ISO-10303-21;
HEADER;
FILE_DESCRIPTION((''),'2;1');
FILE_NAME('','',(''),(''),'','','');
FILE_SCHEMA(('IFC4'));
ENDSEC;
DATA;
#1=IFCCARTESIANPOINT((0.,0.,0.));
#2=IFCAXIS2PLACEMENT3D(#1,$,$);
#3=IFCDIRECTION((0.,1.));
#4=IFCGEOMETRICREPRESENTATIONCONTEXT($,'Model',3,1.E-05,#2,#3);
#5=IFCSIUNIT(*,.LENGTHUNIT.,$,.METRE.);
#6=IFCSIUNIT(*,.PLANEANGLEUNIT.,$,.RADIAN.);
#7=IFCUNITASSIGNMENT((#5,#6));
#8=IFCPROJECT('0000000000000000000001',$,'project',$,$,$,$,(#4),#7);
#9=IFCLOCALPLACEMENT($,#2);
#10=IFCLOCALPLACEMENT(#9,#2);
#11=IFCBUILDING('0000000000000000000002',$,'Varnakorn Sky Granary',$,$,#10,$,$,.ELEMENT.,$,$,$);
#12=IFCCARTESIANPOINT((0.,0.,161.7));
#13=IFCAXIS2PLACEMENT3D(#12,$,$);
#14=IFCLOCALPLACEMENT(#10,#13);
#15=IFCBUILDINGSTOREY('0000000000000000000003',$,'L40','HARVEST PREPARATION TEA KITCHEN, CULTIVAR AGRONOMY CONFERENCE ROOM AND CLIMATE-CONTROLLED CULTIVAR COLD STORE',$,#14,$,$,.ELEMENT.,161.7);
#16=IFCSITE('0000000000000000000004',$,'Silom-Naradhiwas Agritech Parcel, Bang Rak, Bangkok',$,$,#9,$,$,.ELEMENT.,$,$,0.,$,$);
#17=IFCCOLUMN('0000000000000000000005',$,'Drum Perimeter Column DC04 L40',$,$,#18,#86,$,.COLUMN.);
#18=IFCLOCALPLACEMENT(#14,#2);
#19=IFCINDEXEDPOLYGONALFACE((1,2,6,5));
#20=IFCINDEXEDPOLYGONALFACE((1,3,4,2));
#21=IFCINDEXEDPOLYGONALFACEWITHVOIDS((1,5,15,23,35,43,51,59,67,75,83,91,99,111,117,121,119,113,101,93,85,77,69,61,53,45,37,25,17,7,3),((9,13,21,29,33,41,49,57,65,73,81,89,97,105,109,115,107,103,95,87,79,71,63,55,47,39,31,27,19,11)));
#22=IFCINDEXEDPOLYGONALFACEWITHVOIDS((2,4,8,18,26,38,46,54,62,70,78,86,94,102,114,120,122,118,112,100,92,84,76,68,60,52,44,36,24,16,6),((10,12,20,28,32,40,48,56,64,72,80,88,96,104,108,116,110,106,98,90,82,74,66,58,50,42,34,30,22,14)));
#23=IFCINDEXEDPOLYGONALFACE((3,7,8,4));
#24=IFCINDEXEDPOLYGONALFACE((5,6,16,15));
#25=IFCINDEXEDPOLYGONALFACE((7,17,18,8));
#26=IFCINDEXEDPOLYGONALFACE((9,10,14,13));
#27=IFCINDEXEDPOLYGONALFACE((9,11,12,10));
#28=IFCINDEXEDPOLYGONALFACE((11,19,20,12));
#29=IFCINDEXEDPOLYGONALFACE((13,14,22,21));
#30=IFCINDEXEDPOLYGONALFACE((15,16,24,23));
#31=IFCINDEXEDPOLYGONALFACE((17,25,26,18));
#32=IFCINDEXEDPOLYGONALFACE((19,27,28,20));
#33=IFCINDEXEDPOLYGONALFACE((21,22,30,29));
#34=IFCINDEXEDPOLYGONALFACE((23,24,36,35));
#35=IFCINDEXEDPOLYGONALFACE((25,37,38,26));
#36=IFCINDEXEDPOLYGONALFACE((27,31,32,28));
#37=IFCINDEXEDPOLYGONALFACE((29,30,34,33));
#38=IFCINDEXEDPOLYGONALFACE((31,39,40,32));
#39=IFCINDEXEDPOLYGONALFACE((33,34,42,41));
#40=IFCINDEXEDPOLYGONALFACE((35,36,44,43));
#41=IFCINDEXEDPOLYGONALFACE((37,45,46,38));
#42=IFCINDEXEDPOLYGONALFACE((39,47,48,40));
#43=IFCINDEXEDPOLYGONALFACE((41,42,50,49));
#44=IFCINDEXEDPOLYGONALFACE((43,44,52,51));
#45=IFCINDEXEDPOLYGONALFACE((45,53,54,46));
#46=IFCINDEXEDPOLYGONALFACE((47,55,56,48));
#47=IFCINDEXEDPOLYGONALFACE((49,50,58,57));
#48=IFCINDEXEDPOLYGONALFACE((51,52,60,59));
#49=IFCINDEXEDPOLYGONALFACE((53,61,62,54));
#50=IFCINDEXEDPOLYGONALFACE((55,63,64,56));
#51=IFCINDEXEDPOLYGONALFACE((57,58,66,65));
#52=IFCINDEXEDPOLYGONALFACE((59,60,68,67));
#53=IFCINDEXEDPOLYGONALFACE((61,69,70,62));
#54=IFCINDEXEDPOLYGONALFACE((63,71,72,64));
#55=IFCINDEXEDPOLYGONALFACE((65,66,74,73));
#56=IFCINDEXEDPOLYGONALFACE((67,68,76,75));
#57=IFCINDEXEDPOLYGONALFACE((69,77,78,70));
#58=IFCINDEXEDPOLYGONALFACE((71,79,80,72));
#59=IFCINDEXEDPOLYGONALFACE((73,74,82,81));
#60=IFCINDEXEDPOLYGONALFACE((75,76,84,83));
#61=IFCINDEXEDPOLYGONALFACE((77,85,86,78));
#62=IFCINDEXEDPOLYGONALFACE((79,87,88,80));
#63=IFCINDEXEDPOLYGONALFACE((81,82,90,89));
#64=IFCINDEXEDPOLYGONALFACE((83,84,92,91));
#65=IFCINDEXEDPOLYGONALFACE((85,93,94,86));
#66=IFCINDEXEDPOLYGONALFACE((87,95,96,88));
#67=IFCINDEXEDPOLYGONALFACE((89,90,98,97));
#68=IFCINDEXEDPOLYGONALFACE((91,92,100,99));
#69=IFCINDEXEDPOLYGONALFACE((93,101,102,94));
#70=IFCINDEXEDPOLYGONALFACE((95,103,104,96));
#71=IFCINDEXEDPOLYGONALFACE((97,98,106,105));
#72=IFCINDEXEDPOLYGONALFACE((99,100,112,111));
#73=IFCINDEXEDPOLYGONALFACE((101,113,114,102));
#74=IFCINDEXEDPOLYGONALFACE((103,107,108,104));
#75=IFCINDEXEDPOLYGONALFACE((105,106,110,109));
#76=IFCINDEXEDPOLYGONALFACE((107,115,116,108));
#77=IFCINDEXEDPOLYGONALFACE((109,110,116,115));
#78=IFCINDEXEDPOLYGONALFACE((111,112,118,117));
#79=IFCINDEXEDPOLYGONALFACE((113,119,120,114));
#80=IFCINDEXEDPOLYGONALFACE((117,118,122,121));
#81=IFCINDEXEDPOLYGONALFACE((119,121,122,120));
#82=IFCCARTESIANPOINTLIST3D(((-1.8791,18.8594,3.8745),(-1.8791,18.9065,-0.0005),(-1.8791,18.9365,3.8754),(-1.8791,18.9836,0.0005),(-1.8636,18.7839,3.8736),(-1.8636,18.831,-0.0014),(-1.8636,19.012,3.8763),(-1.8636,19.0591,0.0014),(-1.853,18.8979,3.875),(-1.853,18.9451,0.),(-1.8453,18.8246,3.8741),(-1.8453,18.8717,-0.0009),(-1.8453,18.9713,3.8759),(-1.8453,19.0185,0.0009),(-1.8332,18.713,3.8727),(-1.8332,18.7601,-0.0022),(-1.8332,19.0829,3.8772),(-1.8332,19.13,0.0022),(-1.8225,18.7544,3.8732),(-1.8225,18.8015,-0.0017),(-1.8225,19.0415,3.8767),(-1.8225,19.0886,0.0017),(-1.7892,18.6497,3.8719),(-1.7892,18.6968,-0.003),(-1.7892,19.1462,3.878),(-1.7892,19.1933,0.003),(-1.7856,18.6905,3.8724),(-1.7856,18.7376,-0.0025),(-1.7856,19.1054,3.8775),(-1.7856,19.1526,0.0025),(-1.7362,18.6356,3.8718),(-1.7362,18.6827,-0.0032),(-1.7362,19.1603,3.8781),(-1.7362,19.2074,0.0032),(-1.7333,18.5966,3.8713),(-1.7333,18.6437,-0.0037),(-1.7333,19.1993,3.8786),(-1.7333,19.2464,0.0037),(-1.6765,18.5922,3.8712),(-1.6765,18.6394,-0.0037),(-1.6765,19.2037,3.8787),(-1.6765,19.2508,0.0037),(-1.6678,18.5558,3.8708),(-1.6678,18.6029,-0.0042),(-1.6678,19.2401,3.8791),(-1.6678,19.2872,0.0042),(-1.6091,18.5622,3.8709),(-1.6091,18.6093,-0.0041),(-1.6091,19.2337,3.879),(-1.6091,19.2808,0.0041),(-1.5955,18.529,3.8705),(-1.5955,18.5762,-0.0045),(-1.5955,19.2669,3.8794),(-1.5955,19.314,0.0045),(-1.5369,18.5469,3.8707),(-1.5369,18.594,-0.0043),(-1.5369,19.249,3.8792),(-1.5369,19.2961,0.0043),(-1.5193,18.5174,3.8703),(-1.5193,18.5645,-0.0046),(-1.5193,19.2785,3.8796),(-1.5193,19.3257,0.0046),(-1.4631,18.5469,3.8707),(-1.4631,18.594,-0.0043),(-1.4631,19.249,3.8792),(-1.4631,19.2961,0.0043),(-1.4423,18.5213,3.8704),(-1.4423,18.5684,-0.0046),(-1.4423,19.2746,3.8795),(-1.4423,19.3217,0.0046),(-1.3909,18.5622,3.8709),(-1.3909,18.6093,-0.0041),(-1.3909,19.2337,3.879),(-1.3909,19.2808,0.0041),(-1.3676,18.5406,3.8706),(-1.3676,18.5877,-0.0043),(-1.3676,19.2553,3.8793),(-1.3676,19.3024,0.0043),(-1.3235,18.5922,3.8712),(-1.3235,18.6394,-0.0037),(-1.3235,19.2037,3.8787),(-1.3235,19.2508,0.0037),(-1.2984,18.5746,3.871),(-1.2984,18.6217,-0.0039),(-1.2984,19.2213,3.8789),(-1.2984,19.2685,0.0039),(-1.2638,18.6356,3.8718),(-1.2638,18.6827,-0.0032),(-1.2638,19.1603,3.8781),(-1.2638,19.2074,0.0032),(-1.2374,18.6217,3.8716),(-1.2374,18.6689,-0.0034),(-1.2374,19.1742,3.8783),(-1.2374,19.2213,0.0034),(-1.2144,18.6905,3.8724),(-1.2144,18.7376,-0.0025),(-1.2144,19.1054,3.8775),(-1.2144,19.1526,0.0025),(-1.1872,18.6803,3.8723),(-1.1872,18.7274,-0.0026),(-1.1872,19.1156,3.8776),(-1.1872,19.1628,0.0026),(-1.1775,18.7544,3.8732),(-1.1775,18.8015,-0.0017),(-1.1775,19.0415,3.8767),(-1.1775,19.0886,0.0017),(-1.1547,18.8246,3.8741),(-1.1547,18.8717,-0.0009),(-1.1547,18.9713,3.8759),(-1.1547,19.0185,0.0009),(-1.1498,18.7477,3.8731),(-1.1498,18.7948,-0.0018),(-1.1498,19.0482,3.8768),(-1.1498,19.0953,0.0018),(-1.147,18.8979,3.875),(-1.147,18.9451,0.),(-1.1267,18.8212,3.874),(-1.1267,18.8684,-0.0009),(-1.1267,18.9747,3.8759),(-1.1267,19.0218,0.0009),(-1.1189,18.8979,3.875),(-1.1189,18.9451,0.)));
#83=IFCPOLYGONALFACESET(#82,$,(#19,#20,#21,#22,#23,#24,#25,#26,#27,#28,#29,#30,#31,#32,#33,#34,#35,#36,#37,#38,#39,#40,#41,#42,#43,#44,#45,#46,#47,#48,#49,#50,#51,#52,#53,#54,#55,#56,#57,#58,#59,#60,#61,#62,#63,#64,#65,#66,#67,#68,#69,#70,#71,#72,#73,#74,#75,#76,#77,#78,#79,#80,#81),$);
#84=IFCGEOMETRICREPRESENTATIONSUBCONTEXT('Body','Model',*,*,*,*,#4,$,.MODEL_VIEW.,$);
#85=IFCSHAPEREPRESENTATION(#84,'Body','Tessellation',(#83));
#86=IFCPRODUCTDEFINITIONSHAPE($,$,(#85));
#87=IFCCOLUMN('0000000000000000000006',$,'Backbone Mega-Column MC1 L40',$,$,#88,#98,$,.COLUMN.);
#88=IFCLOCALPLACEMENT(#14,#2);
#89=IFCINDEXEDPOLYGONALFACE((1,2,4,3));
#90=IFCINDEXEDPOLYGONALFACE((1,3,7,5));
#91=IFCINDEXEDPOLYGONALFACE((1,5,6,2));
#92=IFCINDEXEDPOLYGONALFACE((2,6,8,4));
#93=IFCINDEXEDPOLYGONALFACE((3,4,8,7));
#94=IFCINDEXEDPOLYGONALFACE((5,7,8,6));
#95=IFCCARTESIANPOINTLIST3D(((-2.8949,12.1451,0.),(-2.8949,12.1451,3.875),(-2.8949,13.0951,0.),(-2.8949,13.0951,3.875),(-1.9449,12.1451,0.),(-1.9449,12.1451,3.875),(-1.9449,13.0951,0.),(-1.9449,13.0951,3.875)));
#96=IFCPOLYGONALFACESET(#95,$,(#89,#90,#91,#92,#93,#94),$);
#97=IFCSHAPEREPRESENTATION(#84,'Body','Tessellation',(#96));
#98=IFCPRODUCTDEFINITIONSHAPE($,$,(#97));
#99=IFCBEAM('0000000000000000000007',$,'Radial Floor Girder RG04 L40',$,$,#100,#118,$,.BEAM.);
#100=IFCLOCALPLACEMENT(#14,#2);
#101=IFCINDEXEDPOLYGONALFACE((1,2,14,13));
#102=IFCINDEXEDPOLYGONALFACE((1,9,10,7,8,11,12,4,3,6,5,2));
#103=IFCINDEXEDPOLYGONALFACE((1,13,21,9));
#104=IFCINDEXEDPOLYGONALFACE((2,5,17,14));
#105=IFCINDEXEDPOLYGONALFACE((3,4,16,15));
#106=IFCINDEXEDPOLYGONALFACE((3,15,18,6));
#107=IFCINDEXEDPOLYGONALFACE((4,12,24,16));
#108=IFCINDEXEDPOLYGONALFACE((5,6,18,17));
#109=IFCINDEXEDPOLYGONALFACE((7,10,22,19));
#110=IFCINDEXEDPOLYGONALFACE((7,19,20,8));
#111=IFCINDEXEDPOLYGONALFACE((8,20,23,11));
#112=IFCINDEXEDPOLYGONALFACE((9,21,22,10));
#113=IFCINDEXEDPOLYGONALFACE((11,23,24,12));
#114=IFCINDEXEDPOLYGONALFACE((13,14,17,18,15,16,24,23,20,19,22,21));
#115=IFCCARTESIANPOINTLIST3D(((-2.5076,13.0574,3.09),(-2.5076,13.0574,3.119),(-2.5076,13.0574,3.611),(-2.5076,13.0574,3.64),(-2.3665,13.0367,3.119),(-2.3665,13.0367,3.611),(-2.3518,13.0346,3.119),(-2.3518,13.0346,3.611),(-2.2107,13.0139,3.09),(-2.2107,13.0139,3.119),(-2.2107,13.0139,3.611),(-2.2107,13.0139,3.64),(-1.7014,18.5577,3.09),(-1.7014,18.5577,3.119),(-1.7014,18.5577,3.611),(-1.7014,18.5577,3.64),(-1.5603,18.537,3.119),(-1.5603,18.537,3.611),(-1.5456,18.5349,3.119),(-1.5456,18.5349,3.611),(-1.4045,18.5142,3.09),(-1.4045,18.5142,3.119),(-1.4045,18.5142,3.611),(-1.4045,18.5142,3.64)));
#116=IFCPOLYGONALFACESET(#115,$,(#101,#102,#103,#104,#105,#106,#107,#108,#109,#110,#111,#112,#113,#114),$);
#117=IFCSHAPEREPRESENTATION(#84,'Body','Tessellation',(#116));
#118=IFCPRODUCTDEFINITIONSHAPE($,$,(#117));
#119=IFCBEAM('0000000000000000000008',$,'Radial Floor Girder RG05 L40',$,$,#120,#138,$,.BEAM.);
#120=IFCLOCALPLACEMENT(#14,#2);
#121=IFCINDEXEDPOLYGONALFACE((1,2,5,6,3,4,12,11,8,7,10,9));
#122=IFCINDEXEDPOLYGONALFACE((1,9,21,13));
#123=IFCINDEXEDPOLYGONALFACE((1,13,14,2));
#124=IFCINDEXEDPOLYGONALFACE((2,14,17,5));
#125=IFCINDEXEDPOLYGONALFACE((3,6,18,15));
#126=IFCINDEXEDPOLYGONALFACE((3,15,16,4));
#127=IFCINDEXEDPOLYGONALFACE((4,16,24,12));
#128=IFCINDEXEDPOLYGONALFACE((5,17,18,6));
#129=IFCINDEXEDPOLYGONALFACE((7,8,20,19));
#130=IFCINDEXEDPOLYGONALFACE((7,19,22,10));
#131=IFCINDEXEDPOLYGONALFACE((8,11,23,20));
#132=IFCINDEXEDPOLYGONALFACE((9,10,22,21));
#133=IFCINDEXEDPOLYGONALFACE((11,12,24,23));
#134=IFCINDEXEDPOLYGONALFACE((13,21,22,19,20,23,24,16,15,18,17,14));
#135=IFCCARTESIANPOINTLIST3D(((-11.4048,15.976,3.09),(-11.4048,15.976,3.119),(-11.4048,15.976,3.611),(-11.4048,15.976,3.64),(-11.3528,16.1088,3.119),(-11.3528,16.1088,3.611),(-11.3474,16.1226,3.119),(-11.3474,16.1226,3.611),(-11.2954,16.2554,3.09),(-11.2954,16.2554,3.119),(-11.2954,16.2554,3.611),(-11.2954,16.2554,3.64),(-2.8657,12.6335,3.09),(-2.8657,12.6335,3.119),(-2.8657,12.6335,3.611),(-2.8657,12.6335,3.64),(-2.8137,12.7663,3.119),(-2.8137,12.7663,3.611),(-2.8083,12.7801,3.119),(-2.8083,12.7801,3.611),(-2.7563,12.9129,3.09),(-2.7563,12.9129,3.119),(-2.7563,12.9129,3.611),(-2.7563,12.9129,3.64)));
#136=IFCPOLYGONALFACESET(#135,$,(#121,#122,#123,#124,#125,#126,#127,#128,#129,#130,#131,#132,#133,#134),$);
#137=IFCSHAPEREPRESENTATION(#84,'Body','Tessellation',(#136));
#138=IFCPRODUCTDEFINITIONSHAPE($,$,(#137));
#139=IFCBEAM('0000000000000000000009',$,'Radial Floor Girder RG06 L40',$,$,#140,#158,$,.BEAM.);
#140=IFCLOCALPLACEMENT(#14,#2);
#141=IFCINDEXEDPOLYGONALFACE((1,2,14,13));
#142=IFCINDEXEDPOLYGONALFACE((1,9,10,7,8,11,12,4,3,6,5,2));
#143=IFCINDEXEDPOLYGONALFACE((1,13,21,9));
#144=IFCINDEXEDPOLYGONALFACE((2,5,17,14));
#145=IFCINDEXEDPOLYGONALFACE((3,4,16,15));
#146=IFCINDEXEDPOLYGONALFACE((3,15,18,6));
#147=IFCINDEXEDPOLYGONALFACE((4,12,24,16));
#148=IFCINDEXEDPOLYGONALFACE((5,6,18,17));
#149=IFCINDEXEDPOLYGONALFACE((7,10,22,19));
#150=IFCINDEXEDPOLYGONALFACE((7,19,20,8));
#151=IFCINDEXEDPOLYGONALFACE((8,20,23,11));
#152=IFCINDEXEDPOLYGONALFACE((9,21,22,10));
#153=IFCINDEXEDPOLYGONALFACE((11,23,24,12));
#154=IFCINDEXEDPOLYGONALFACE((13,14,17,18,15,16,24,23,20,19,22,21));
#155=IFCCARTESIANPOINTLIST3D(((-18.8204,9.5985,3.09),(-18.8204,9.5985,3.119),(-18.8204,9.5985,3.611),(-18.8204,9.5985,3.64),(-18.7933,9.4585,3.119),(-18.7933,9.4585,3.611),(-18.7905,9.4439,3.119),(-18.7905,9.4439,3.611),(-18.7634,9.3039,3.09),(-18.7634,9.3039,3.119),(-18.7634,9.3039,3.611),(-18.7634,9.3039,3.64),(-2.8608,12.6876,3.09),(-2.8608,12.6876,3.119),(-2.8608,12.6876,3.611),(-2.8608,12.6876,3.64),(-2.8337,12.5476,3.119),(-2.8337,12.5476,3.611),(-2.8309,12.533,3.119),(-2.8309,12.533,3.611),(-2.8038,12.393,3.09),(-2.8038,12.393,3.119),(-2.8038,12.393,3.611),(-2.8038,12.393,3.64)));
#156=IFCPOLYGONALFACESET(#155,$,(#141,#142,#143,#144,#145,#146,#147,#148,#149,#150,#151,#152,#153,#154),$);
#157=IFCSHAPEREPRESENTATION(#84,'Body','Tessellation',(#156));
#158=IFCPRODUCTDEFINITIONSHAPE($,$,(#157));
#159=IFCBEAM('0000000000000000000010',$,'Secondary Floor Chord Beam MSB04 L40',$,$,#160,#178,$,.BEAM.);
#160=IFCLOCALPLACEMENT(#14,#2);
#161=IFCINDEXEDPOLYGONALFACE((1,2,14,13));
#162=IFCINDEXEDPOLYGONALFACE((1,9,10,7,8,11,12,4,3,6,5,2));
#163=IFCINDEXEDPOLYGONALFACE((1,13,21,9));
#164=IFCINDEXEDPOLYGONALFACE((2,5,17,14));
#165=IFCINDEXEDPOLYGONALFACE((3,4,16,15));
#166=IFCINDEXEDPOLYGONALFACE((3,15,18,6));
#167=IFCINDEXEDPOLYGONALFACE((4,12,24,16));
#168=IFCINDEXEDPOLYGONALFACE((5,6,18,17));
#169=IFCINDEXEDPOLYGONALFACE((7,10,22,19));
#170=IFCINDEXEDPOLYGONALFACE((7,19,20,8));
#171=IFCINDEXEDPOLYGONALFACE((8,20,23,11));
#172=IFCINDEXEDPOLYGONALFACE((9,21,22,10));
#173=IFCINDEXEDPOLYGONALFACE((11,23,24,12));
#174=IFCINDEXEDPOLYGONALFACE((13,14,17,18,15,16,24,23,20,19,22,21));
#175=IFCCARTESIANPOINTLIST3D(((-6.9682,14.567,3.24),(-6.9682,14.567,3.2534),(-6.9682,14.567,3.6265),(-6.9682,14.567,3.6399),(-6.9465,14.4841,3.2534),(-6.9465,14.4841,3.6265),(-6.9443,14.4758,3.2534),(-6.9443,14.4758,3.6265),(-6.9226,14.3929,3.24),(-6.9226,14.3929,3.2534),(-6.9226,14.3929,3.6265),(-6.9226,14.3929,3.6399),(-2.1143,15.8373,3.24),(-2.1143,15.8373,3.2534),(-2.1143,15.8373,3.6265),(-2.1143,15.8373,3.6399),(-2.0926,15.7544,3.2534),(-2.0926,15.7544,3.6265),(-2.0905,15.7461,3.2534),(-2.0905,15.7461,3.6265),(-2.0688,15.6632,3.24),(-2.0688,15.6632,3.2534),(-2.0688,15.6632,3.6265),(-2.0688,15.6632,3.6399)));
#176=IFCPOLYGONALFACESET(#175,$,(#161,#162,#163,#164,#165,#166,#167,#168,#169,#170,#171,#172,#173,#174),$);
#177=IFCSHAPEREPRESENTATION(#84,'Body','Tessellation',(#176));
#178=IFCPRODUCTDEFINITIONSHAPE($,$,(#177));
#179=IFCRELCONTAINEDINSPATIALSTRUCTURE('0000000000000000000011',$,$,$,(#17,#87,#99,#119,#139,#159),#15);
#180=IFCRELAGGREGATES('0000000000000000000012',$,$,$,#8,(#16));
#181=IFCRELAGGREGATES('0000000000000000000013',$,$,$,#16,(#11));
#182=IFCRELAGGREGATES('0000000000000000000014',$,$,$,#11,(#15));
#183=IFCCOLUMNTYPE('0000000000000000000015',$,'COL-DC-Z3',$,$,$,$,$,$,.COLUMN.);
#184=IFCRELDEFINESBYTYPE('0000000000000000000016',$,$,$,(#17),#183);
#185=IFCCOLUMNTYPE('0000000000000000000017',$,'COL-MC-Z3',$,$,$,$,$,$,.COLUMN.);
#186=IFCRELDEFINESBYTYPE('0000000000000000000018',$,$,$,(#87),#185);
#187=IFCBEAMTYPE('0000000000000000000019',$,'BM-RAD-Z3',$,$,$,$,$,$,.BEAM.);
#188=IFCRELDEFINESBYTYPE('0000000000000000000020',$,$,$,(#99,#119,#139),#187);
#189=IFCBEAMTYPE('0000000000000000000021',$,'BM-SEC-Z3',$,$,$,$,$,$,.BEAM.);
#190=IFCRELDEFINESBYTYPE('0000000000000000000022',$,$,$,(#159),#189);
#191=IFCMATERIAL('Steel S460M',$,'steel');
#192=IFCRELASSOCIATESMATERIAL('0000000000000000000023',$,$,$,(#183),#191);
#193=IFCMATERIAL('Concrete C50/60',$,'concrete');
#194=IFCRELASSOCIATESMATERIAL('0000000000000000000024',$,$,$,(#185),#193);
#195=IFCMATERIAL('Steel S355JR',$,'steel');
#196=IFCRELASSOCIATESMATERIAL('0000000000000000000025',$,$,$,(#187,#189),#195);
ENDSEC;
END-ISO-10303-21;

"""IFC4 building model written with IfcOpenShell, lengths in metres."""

from ifc_helpers import new_model, si_unit, direction, frame, origin, origin_2d, place, context, subcontext, project, spatial, rectangle, hollow_circle, i_section, extrude, material, material_profile, profile_set, type_object, element, save


model = new_model("IFC4")

# Units and contexts
model_context = context("Model", 3, precision=1e-05, world=origin(), true_north=direction((0.0, 1.0)))
body_context = subcontext(model_context, "Body", "Model", "MODEL_VIEW")
ifc_project = project(units=[si_unit("LENGTHUNIT", "METRE"), si_unit("PLANEANGLEUNIT", "RADIAN")], contexts=[model_context])

# Site, building, storey
site_placement = place(None, origin())
site = spatial("IfcSite", under=ifc_project, at=site_placement, Name="Silom-Naradhiwas Agritech Parcel, Bang Rak, Bangkok", CompositionType="ELEMENT", RefElevation=0.0)
building_placement = place(site_placement, origin())
building = spatial("IfcBuilding", under=site, at=building_placement, Name="Varnakorn Sky Granary", CompositionType="ELEMENT")
storey_placement = place(building_placement, frame((0.0, 0.0, 161.7)))
storey = spatial("IfcBuildingStorey", under=building, at=storey_placement, Name="L40", Description="HARVEST PREPARATION TEA KITCHEN, CULTIVAR AGRONOMY CONFERENCE ROOM AND CLIMATE-CONTROLLED CULTIVAR COLD STORE", CompositionType="ELEMENT", Elevation=161.7)

# Columns
ifc_material_1 = material(Name="Steel S460M", Category="steel")
ifc_material_profile_1 = material_profile(ifc_material_1, hollow_circle(Radius=0.3811, WallThickness=0.0281, at=origin_2d()), Name="CHS 762x28")
ifc_profile_set_1 = profile_set([ifc_material_profile_1], Name="Steel S460M")
column_type_1 = type_object("IfcColumnType", Name="COL-DC-Z3", PredefinedType="COLUMN", material=ifc_profile_set_1)
column_1_placement = place(storey_placement, frame((-1.5, 18.9451, 0.0), z_axis=(0.0, -0.012159, 0.999926), x_axis=(1.0, 0.0, 0.0)))
element("IfcColumn", 1, at=column_1_placement, inside=storey, type_object=column_type_1, Name="Drum Perimeter Column DC04 L40", PredefinedType="COLUMN", context=body_context, shape_type="SweptSolid", body=[
    extrude(hollow_circle(Radius=0.3811, WallThickness=0.0281, at=origin_2d()), origin(), (0.0, 0.0, 1.0), 3.8752),
])
ifc_material_2 = material(Name="Concrete C50/60", Category="concrete")
ifc_material_profile_2 = material_profile(ifc_material_2, rectangle(XDim=0.95, YDim=0.95, at=origin_2d()), Name="RC 950x950")
ifc_profile_set_2 = profile_set([ifc_material_profile_2], Name="Concrete C50/60")
column_type_2 = type_object("IfcColumnType", Name="COL-MC-Z3", PredefinedType="COLUMN", material=ifc_profile_set_2)
column_2_placement = place(storey_placement, frame((-2.4199, 12.6201, 0.0), z_axis=(0.0, 0.0, 1.0), x_axis=(1.0, 0.0, 0.0)))
element("IfcColumn", 2, at=column_2_placement, inside=storey, type_object=column_type_2, Name="Backbone Mega-Column MC1 L40", PredefinedType="COLUMN", context=body_context, shape_type="SweptSolid", body=[
    extrude(rectangle(XDim=0.95, YDim=0.95, at=origin_2d()), origin(), (0.0, 0.0, 1.0), 3.875),
])

# Beams
ifc_material_3 = material(Name="Steel S355JR", Category="steel")
ifc_material_profile_3 = material_profile(ifc_material_3, i_section(OverallWidth=0.3, OverallDepth=0.55, WebThickness=0.0149, FlangeThickness=0.0291, at=origin_2d()), Name="HE 550 B")
ifc_profile_set_3 = profile_set([ifc_material_profile_3], Name="Steel S355JR")
beam_type_1 = type_object("IfcBeamType", Name="BM-RAD-Z3", PredefinedType="BEAM", material=ifc_profile_set_3)
beam_1_placement = place(storey_placement, frame((-2.3591, 13.0356, 3.365), z_axis=(0.145017, 0.989429, 0.0), x_axis=(-0.989429, 0.145017, 0.0)))
element("IfcBeam", 3, at=beam_1_placement, inside=storey, type_object=beam_type_1, Name="Radial Floor Girder RG04 L40", PredefinedType="BEAM", context=body_context, shape_type="SweptSolid", body=[
    extrude(i_section(OverallWidth=0.3, OverallDepth=0.55, WebThickness=0.0149, FlangeThickness=0.0291, at=origin_2d()), origin(), (0.0, 0.0, 1.0), 5.5591),
])
beam_2_placement = place(storey_placement, frame((-2.811, 12.7732, 3.365), z_axis=(-0.9312, 0.364509, 0.0), x_axis=(-0.364509, -0.9312, 0.0)))
element("IfcBeam", 4, at=beam_2_placement, inside=storey, type_object=beam_type_1, Name="Radial Floor Girder RG05 L40", PredefinedType="BEAM", context=body_context, shape_type="SweptSolid", body=[
    extrude(i_section(OverallWidth=0.3, OverallDepth=0.55, WebThickness=0.0149, FlangeThickness=0.0291, at=origin_2d()), origin(), (0.0, 0.0, 1.0), 9.1699),
])
beam_3_placement = place(storey_placement, frame((-2.8323, 12.5403, 3.365), z_axis=(-0.981778, -0.19003, 0.0), x_axis=(0.19003, -0.981778, 0.0)))
element("IfcBeam", 5, at=beam_3_placement, inside=storey, type_object=beam_type_1, Name="Radial Floor Girder RG06 L40", PredefinedType="BEAM", context=body_context, shape_type="SweptSolid", body=[
    extrude(i_section(OverallWidth=0.3, OverallDepth=0.55, WebThickness=0.0149, FlangeThickness=0.0291, at=origin_2d()), origin(), (0.0, 0.0, 1.0), 16.2559),
])
ifc_material_profile_4 = material_profile(ifc_material_3, i_section(OverallWidth=0.1799, OverallDepth=0.3999, WebThickness=0.0085, FlangeThickness=0.0134, at=origin_2d()), Name="IPE 400")
ifc_profile_set_4 = profile_set([ifc_material_profile_4], Name="Steel S355JR")
beam_type_2 = type_object("IfcBeamType", Name="BM-SEC-Z3", PredefinedType="BEAM", material=ifc_profile_set_4)
beam_4_placement = place(storey_placement, frame((-2.0916, 15.7502, 3.4399), z_axis=(-0.967419, -0.25318, 0.0), x_axis=(0.25318, -0.967419, 0.0)))
element("IfcBeam", 6, at=beam_4_placement, inside=storey, type_object=beam_type_2, Name="Secondary Floor Chord Beam MSB04 L40", PredefinedType="BEAM", context=body_context, shape_type="SweptSolid", body=[
    extrude(i_section(OverallWidth=0.1799, OverallDepth=0.3999, WebThickness=0.0085, FlangeThickness=0.0134, at=origin_2d()), origin(), (0.0, 0.0, 1.0), 5.0173),
])

save(model, "model.ifc")
